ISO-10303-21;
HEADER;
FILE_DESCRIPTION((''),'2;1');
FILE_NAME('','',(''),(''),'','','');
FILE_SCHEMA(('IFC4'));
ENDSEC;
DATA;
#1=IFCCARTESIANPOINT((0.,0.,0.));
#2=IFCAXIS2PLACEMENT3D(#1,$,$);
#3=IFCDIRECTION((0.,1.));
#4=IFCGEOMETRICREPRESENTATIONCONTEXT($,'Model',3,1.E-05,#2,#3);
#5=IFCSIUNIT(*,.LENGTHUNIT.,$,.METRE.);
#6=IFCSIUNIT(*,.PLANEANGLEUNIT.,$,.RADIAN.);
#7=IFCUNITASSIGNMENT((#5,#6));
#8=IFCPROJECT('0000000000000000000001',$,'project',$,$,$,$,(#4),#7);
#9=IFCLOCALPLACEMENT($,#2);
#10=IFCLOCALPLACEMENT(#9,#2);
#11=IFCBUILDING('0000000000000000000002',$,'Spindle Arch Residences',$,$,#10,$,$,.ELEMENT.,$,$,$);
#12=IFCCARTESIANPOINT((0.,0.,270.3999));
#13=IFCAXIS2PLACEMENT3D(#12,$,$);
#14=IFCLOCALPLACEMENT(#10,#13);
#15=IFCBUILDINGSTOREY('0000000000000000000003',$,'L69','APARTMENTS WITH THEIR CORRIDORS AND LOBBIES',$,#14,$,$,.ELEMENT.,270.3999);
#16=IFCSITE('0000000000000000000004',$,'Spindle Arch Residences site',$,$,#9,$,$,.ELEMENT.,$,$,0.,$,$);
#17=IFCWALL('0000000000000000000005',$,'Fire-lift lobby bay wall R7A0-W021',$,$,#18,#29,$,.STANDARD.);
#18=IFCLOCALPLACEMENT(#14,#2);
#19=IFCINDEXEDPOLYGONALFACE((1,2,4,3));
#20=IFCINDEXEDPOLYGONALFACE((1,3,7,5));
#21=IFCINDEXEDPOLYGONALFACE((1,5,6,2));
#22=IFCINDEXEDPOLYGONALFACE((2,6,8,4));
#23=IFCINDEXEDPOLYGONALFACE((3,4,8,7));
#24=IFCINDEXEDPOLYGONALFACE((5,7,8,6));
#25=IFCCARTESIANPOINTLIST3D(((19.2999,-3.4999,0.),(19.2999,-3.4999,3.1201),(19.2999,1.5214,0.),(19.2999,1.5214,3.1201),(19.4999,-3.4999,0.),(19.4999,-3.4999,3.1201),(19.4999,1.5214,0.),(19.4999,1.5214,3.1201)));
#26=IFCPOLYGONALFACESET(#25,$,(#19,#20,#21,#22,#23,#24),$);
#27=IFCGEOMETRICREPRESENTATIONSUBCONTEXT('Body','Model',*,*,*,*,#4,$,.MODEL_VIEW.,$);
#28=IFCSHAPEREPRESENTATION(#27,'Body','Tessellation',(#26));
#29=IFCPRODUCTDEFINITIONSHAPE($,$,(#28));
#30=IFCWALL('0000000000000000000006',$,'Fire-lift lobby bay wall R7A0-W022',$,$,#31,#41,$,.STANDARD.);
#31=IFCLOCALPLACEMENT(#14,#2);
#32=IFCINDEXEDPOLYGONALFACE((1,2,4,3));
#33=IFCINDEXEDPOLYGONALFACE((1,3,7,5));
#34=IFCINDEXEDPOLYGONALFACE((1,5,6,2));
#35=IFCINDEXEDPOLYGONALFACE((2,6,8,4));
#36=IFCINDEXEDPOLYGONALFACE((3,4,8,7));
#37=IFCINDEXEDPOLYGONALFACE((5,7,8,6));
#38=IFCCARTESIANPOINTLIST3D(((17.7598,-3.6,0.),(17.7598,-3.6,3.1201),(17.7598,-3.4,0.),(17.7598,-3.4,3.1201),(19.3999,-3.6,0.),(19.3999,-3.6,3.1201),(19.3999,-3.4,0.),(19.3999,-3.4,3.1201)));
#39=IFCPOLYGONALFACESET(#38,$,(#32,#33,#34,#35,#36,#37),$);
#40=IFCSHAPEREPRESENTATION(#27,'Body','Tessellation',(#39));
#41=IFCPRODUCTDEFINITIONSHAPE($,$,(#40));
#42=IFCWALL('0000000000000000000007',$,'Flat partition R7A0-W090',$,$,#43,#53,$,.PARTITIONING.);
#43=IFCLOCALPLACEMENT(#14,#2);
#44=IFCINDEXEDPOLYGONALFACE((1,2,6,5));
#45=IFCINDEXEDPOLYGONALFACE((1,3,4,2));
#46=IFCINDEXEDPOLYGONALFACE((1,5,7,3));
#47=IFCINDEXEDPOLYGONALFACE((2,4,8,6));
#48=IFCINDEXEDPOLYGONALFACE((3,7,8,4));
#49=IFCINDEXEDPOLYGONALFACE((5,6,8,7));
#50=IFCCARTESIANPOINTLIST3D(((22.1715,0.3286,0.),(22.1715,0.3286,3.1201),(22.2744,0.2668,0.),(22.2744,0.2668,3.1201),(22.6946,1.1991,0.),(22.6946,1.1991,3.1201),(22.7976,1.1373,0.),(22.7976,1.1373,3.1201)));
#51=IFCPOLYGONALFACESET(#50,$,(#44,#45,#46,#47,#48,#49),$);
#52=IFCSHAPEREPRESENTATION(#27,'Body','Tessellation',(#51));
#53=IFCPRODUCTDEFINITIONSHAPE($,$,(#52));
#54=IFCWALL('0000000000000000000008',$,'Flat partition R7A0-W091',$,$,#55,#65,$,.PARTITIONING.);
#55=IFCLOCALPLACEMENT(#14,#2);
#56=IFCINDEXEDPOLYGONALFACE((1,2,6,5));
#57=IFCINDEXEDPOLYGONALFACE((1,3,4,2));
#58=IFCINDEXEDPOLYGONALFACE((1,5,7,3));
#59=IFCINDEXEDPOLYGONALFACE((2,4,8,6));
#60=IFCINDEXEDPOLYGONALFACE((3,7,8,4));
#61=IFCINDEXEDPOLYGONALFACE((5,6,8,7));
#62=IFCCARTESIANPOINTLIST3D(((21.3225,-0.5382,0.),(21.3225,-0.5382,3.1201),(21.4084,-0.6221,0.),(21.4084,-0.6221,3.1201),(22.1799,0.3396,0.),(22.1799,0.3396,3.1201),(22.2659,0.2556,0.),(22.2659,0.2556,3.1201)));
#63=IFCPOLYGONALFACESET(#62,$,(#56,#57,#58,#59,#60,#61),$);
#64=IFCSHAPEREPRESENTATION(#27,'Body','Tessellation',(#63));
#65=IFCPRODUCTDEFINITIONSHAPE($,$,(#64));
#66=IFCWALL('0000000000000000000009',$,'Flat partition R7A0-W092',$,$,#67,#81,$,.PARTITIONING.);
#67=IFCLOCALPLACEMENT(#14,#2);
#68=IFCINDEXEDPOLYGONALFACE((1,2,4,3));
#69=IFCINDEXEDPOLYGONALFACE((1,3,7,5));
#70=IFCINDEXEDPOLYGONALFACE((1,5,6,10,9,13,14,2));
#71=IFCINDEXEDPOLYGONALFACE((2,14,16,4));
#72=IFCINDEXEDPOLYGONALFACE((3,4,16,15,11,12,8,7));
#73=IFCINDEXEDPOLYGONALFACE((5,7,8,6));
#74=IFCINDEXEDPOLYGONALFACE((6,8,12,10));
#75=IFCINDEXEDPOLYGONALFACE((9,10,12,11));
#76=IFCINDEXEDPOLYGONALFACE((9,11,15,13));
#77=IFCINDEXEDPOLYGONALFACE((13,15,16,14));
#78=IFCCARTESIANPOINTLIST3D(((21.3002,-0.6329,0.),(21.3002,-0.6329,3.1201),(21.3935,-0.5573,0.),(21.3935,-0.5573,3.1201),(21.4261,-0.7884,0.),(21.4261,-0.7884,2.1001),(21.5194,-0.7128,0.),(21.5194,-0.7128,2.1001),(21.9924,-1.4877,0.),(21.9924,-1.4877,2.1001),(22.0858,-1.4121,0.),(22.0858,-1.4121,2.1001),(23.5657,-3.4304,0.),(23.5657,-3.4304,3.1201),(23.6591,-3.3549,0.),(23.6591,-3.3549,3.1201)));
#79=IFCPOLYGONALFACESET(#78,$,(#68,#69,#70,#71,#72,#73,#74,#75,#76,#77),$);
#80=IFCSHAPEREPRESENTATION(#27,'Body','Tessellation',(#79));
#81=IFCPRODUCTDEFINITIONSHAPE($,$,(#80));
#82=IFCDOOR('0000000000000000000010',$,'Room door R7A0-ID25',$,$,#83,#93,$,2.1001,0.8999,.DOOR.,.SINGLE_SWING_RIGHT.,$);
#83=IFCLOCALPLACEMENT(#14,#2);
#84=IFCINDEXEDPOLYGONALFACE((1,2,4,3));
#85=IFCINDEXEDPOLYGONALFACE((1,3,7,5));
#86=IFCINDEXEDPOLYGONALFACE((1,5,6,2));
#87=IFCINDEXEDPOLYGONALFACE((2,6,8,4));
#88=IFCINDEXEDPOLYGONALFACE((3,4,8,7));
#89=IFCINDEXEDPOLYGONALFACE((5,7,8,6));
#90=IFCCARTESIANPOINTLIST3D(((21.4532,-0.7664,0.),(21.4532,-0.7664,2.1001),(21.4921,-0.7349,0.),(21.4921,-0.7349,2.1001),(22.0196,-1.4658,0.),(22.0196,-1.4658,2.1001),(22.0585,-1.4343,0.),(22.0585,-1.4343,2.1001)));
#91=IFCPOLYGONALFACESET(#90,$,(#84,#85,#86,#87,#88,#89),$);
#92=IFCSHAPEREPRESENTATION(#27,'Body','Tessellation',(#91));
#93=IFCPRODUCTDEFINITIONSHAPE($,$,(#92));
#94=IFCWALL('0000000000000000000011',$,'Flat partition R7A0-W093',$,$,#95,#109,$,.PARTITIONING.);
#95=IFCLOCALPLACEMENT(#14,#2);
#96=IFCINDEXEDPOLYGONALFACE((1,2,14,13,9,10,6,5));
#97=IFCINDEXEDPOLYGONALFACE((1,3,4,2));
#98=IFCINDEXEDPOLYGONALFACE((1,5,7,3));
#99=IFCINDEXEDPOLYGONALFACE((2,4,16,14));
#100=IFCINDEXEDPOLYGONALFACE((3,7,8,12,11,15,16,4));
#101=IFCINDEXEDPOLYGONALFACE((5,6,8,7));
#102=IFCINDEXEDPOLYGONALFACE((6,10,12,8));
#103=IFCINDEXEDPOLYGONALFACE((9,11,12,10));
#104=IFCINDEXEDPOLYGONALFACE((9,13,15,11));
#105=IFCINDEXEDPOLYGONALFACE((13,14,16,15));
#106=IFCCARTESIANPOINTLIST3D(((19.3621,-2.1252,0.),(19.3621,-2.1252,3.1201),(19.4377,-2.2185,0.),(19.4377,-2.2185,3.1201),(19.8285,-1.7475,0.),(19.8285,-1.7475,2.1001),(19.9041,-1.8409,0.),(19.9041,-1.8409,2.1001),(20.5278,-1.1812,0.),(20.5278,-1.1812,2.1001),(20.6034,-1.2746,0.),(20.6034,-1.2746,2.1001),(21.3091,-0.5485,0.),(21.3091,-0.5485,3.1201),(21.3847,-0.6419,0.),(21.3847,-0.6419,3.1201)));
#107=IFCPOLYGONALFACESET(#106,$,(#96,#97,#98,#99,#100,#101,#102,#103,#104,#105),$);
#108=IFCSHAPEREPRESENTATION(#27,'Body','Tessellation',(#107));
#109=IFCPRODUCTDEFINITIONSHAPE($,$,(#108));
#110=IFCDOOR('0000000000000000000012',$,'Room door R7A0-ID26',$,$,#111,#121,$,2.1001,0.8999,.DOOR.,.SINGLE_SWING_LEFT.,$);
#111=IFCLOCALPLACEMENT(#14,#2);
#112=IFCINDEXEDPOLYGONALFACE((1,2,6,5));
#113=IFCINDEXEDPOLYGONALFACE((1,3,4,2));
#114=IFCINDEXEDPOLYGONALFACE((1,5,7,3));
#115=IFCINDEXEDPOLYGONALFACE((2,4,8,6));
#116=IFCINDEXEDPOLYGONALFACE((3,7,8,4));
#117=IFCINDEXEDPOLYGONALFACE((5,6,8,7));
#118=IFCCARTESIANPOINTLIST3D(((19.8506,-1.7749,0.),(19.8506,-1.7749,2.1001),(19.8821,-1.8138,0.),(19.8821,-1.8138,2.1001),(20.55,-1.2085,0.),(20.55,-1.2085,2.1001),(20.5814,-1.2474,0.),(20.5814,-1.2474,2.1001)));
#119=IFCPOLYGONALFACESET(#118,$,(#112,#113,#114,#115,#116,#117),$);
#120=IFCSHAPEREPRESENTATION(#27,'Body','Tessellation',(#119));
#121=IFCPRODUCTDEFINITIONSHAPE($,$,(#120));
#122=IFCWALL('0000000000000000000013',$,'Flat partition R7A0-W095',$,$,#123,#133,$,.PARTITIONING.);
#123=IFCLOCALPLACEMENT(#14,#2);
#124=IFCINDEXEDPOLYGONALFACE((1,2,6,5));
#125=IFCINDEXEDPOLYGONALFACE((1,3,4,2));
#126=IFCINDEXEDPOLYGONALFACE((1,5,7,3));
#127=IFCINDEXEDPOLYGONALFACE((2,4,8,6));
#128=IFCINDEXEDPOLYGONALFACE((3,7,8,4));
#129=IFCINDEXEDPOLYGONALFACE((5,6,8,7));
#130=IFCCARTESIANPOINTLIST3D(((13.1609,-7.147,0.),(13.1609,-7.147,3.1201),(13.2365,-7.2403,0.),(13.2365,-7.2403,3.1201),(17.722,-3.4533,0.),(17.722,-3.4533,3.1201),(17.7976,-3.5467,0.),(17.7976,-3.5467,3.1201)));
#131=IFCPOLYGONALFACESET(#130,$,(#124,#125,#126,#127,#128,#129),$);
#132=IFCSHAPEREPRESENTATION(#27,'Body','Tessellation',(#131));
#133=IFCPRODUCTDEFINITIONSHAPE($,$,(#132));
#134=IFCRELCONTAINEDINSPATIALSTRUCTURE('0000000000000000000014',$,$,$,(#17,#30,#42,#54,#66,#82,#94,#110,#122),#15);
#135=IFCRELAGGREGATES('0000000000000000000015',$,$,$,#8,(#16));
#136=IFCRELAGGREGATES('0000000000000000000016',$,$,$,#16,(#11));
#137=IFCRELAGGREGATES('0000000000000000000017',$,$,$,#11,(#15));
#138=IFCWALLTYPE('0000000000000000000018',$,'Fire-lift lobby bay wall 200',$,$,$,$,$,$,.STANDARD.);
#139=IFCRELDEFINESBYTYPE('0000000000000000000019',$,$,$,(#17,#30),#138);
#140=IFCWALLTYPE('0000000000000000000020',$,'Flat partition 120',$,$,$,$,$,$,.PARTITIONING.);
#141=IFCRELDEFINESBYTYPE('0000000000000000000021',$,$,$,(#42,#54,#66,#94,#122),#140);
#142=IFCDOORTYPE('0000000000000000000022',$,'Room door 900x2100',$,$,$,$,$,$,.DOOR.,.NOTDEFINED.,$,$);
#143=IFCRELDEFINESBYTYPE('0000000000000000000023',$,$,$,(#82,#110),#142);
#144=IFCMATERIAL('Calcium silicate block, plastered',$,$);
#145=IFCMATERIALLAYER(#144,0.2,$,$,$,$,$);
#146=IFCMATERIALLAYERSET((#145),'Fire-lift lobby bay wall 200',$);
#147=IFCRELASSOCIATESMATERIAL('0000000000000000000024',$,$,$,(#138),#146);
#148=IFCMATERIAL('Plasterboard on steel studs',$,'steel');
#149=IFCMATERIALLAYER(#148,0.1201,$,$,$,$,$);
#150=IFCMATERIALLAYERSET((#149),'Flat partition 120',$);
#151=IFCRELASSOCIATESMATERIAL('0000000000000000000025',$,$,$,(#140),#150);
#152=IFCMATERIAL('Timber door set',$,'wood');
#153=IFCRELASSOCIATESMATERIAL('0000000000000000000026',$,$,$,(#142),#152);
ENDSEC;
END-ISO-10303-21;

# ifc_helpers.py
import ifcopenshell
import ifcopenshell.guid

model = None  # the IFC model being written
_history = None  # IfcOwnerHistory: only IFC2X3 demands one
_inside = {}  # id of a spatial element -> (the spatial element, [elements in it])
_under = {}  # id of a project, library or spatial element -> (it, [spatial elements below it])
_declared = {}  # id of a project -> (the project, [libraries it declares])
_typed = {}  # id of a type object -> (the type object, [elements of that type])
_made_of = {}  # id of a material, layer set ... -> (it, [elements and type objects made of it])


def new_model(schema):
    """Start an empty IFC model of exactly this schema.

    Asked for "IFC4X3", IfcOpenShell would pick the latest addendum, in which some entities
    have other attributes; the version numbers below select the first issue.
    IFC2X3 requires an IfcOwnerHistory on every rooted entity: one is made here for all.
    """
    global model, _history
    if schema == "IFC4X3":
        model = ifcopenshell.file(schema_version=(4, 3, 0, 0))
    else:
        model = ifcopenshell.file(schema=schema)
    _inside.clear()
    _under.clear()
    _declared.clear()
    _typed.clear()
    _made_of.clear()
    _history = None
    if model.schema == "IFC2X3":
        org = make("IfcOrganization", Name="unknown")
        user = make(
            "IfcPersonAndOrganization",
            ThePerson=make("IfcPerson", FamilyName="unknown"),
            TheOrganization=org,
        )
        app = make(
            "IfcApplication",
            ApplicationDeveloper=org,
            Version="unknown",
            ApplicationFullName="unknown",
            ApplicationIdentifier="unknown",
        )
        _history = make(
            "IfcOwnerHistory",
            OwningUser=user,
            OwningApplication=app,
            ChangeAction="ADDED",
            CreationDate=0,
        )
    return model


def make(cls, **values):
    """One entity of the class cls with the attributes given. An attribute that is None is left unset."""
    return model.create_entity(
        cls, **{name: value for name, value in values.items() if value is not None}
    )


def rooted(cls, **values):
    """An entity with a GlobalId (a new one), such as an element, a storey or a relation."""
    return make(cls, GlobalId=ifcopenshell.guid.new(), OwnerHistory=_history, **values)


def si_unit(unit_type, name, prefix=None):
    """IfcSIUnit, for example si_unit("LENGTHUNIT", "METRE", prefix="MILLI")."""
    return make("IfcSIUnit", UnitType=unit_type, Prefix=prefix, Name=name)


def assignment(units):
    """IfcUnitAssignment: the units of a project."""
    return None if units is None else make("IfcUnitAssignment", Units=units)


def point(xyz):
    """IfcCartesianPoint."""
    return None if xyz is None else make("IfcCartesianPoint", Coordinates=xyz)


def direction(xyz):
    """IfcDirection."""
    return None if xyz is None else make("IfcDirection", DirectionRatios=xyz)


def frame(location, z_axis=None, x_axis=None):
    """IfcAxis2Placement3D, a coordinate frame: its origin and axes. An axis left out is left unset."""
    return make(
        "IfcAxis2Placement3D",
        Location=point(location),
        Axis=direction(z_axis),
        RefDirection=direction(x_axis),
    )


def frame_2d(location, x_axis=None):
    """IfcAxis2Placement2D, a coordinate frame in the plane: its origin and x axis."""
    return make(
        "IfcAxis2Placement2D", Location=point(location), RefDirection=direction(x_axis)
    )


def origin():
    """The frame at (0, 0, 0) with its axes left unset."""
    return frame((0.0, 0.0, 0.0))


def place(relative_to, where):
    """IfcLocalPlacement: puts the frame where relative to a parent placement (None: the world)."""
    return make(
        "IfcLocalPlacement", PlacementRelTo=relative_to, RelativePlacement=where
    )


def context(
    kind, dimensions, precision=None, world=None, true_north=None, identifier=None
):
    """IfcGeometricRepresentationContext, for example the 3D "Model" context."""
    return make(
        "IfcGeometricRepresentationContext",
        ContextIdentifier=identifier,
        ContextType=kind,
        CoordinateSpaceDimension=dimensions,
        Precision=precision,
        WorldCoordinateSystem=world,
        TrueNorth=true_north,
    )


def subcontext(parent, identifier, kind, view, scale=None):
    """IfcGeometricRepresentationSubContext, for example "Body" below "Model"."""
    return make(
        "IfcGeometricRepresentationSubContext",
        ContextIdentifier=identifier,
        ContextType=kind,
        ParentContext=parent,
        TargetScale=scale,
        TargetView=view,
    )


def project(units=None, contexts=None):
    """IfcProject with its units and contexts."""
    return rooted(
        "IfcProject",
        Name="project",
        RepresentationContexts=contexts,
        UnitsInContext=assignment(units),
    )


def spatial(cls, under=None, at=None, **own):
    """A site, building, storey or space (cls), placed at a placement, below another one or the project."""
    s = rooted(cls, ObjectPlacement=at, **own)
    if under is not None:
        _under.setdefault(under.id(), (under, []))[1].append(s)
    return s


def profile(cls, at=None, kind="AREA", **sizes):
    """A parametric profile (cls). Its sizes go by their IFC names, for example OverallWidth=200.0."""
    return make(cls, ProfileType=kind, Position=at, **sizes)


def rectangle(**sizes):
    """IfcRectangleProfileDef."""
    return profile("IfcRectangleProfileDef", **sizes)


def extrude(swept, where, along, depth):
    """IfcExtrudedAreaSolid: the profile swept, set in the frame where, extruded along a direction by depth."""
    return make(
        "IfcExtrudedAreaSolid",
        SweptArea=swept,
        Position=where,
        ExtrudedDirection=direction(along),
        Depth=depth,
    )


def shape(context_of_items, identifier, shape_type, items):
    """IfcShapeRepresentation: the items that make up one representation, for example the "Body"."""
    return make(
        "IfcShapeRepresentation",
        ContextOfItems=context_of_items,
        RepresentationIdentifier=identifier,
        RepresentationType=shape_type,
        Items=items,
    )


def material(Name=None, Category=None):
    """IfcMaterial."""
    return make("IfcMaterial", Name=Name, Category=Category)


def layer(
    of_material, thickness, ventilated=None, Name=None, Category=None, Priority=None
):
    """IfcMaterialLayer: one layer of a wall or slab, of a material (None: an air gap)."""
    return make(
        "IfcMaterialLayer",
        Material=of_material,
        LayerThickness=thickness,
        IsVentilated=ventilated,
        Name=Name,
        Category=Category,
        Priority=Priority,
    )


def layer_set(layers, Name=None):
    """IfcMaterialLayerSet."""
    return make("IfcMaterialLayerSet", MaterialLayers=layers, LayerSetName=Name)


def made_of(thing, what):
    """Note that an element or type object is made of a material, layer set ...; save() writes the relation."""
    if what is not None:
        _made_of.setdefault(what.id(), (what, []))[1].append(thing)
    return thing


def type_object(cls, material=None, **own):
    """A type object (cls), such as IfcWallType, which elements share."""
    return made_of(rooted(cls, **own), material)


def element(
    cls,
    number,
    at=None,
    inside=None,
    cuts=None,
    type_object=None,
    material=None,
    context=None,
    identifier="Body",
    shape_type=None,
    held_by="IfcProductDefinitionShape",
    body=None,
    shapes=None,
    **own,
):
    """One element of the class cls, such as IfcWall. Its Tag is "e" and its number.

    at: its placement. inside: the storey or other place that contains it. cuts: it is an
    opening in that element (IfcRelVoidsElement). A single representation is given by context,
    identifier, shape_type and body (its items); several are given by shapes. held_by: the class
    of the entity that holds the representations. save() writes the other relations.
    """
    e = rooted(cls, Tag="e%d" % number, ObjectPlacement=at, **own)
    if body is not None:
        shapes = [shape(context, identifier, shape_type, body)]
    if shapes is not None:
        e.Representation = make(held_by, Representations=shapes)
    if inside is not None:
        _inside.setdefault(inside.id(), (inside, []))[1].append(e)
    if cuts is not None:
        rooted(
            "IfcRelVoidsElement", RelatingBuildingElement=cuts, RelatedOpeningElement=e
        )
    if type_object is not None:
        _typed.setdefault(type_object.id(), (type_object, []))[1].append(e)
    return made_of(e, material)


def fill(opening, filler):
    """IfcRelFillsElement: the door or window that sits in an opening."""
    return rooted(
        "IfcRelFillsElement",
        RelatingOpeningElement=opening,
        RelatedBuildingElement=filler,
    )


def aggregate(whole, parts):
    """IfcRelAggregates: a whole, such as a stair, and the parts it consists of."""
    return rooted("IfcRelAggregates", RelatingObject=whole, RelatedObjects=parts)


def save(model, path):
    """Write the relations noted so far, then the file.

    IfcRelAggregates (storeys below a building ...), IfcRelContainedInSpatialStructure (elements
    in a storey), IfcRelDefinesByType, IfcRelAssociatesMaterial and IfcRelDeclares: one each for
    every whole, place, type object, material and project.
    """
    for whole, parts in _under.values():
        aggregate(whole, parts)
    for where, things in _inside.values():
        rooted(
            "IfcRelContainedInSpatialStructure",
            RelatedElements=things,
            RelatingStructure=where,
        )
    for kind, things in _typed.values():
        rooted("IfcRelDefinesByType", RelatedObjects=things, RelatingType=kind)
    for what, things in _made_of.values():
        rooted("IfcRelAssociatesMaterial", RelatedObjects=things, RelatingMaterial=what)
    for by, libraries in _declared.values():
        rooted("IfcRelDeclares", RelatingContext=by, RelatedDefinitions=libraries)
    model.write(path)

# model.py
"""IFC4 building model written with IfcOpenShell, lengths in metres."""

from ifc_helpers import new_model, si_unit, direction, frame, frame_2d, origin, place, context, subcontext, project, spatial, rectangle, extrude, material, layer, layer_set, type_object, element, fill, save


model = new_model("IFC4")

# Units and contexts
model_context = context("Model", 3, precision=1e-05, world=origin(), true_north=direction((0.0, 1.0)))
body_context = subcontext(model_context, "Body", "Model", "MODEL_VIEW")
ifc_project = project(units=[si_unit("LENGTHUNIT", "METRE"), si_unit("PLANEANGLEUNIT", "RADIAN")], contexts=[model_context])

# Site, building, storey
site_placement = place(None, origin())
site = spatial("IfcSite", under=ifc_project, at=site_placement, Name="Spindle Arch Residences site", CompositionType="ELEMENT", RefElevation=0.0)
building_placement = place(site_placement, origin())
building = spatial("IfcBuilding", under=site, at=building_placement, Name="Spindle Arch Residences", CompositionType="ELEMENT")
storey_placement = place(building_placement, frame((0.0, 0.0, 270.3999)))
storey = spatial("IfcBuildingStorey", under=building, at=storey_placement, Name="L69", Description="APARTMENTS WITH THEIR CORRIDORS AND LOBBIES", CompositionType="ELEMENT", Elevation=270.3999)

# Walls
ifc_material_1 = material(Name="Calcium silicate block, plastered")
ifc_layer_1 = layer(ifc_material_1, 0.2)
ifc_layer_set_1 = layer_set([ifc_layer_1], Name="Fire-lift lobby bay wall 200")
wall_type_1 = type_object("IfcWallType", Name="Fire-lift lobby bay wall 200", PredefinedType="STANDARD", material=ifc_layer_set_1)
wall_1_placement = place(storey_placement, frame((19.3999, -3.5, 0.0), z_axis=(0.0, 0.0, 1.0), x_axis=(0.0, 1.0, 0.0)))
element("IfcWall", 1, at=wall_1_placement, inside=storey, type_object=wall_type_1, Name="Fire-lift lobby bay wall R7A0-W021", PredefinedType="STANDARD", context=body_context, shape_type="SweptSolid", body=[
    extrude(rectangle(XDim=5.0212, YDim=0.2, at=frame_2d((2.5107, 0.0))), origin(), (0.0, 0.0, 1.0), 3.1201),
])
wall_2_placement = place(storey_placement, frame((17.7598, -3.5, 0.0), z_axis=(0.0, 0.0, 1.0), x_axis=(1.0, 0.0, 0.0)))
element("IfcWall", 2, at=wall_2_placement, inside=storey, type_object=wall_type_1, Name="Fire-lift lobby bay wall R7A0-W022", PredefinedType="STANDARD", context=body_context, shape_type="SweptSolid", body=[
    extrude(rectangle(XDim=1.6401, YDim=0.2, at=frame_2d((0.8201, 0.0))), origin(), (0.0, 0.0, 1.0), 3.1201),
])
ifc_material_2 = material(Name="Plasterboard on steel studs", Category="steel")
ifc_layer_2 = layer(ifc_material_2, 0.1201)
ifc_layer_set_2 = layer_set([ifc_layer_2], Name="Flat partition 120")
wall_type_2 = type_object("IfcWallType", Name="Flat partition 120", PredefinedType="PARTITIONING", material=ifc_layer_set_2)
wall_3_placement = place(storey_placement, frame((22.7461, 1.1682, 0.0), z_axis=(0.0, 0.0, 1.0), x_axis=(-0.515097, -0.857132, 0.0)))
element("IfcWall", 3, at=wall_3_placement, inside=storey, type_object=wall_type_2, Name="Flat partition R7A0-W090", PredefinedType="PARTITIONING", context=body_context, shape_type="SweptSolid", body=[
    extrude(rectangle(XDim=1.0156, YDim=0.1201, at=frame_2d((0.5078, 0.0))), origin(), (0.0, 0.0, 1.0), 3.1201),
])
wall_4_placement = place(storey_placement, frame((22.2229, 0.2976, 0.0), z_axis=(0.0, 0.0, 1.0), x_axis=(-0.698801, -0.715316, 0.0)))
element("IfcWall", 4, at=wall_4_placement, inside=storey, type_object=wall_type_2, Name="Flat partition R7A0-W091", PredefinedType="PARTITIONING", context=body_context, shape_type="SweptSolid", body=[
    extrude(rectangle(XDim=1.2271, YDim=0.1201, at=frame_2d((0.6135, 0.0))), origin(), (0.0, 0.0, 1.0), 3.1201),
])

# Walls, openings, doors
wall_5_placement = place(storey_placement, frame((21.3469, -0.5952, 0.0), z_axis=(0.0, 0.0, 1.0), x_axis=(0.629348, -0.777123, 0.0)))
wall_5 = element("IfcWall", 5, at=wall_5_placement, inside=storey, type_object=wall_type_2, Name="Flat partition R7A0-W092", PredefinedType="PARTITIONING", context=body_context, shape_type="SweptSolid", body=[
    extrude(rectangle(XDim=3.5999, YDim=0.1201, at=frame_2d((1.7998, 0.0))), origin(), (0.0, 0.0, 1.0), 3.1201),
])
opening_1_placement = place(wall_5_placement, frame((0.2, 0.0, 0.0)))
opening_1 = element("IfcOpeningElement", 6, at=opening_1_placement, cuts=wall_5, PredefinedType="OPENING", context=body_context, shape_type="SweptSolid", body=[
    extrude(rectangle(XDim=0.8999, YDim=2.1001, at=frame_2d((0.45, 1.05))), frame((0.0, 0.0701, 0.0), z_axis=(0.0, -1.0, 0.0), x_axis=(1.0, 0.0, 0.0)), (0.0, 0.0, 1.0), 0.1401),
])
ifc_material_3 = material(Name="Timber door set", Category="wood")
door_type_1 = type_object("IfcDoorType", Name="Room door 900x2100", OperationType="NOTDEFINED", PredefinedType="DOOR", material=ifc_material_3)
door_1_placement = place(opening_1_placement, origin())
door_1 = element("IfcDoor", 7, at=door_1_placement, inside=storey, type_object=door_type_1, Name="Room door R7A0-ID25", OperationType="SINGLE_SWING_RIGHT", OverallHeight=2.1001, OverallWidth=0.8999, PredefinedType="DOOR", context=body_context, shape_type="SweptSolid", body=[
    extrude(rectangle(XDim=0.8999, YDim=2.1001, at=frame_2d((0.45, 1.05))), frame((0.0, 0.0249, 0.0), z_axis=(0.0, -1.0, 0.0), x_axis=(1.0, 0.0, 0.0)), (0.0, 0.0, 1.0), 0.05),
])
fill(opening_1, door_1)
wall_6_placement = place(storey_placement, frame((19.3999, -2.1719, 0.0), z_axis=(0.0, 0.0, 1.0), x_axis=(0.777147, 0.629319, 0.0)))
wall_6 = element("IfcWall", 8, at=wall_6_placement, inside=storey, type_object=wall_type_2, Name="Flat partition R7A0-W093", PredefinedType="PARTITIONING", context=body_context, shape_type="SweptSolid", body=[
    extrude(rectangle(XDim=2.5054, YDim=0.1201, at=frame_2d((1.2527, 0.0))), origin(), (0.0, 0.0, 1.0), 3.1201),
])
opening_2_placement = place(wall_6_placement, frame((0.6001, 0.0, 0.0)))
opening_2 = element("IfcOpeningElement", 9, at=opening_2_placement, cuts=wall_6, PredefinedType="OPENING", context=body_context, shape_type="SweptSolid", body=[
    extrude(rectangle(XDim=0.8999, YDim=2.1001, at=frame_2d((0.45, 1.05))), frame((0.0, 0.0701, 0.0), z_axis=(0.0, -1.0, 0.0), x_axis=(1.0, 0.0, 0.0)), (0.0, 0.0, 1.0), 0.1401),
])
door_2_placement = place(opening_2_placement, origin())
door_2 = element("IfcDoor", 10, at=door_2_placement, inside=storey, type_object=door_type_1, Name="Room door R7A0-ID26", OperationType="SINGLE_SWING_LEFT", OverallHeight=2.1001, OverallWidth=0.8999, PredefinedType="DOOR", context=body_context, shape_type="SweptSolid", body=[
    extrude(rectangle(XDim=0.8999, YDim=2.1001, at=frame_2d((0.45, 1.05))), frame((0.0, 0.0249, 0.0), z_axis=(0.0, -1.0, 0.0), x_axis=(1.0, 0.0, 0.0)), (0.0, 0.0, 1.0), 0.05),
])
fill(opening_2, door_2)

# Wall
wall_7_placement = place(storey_placement, frame((17.7598, -3.5, 0.0), z_axis=(0.0, 0.0, 1.0), x_axis=(-0.777133, -0.629336, 0.0)))
element("IfcWall", 11, at=wall_7_placement, inside=storey, type_object=wall_type_2, Name="Flat partition R7A0-W095", PredefinedType="PARTITIONING", context=body_context, shape_type="SweptSolid", body=[
    extrude(rectangle(XDim=5.8691, YDim=0.1201, at=frame_2d((2.9346, 0.0))), origin(), (0.0, 0.0, 1.0), 3.1201),
])

save(model, "model.ifc")
